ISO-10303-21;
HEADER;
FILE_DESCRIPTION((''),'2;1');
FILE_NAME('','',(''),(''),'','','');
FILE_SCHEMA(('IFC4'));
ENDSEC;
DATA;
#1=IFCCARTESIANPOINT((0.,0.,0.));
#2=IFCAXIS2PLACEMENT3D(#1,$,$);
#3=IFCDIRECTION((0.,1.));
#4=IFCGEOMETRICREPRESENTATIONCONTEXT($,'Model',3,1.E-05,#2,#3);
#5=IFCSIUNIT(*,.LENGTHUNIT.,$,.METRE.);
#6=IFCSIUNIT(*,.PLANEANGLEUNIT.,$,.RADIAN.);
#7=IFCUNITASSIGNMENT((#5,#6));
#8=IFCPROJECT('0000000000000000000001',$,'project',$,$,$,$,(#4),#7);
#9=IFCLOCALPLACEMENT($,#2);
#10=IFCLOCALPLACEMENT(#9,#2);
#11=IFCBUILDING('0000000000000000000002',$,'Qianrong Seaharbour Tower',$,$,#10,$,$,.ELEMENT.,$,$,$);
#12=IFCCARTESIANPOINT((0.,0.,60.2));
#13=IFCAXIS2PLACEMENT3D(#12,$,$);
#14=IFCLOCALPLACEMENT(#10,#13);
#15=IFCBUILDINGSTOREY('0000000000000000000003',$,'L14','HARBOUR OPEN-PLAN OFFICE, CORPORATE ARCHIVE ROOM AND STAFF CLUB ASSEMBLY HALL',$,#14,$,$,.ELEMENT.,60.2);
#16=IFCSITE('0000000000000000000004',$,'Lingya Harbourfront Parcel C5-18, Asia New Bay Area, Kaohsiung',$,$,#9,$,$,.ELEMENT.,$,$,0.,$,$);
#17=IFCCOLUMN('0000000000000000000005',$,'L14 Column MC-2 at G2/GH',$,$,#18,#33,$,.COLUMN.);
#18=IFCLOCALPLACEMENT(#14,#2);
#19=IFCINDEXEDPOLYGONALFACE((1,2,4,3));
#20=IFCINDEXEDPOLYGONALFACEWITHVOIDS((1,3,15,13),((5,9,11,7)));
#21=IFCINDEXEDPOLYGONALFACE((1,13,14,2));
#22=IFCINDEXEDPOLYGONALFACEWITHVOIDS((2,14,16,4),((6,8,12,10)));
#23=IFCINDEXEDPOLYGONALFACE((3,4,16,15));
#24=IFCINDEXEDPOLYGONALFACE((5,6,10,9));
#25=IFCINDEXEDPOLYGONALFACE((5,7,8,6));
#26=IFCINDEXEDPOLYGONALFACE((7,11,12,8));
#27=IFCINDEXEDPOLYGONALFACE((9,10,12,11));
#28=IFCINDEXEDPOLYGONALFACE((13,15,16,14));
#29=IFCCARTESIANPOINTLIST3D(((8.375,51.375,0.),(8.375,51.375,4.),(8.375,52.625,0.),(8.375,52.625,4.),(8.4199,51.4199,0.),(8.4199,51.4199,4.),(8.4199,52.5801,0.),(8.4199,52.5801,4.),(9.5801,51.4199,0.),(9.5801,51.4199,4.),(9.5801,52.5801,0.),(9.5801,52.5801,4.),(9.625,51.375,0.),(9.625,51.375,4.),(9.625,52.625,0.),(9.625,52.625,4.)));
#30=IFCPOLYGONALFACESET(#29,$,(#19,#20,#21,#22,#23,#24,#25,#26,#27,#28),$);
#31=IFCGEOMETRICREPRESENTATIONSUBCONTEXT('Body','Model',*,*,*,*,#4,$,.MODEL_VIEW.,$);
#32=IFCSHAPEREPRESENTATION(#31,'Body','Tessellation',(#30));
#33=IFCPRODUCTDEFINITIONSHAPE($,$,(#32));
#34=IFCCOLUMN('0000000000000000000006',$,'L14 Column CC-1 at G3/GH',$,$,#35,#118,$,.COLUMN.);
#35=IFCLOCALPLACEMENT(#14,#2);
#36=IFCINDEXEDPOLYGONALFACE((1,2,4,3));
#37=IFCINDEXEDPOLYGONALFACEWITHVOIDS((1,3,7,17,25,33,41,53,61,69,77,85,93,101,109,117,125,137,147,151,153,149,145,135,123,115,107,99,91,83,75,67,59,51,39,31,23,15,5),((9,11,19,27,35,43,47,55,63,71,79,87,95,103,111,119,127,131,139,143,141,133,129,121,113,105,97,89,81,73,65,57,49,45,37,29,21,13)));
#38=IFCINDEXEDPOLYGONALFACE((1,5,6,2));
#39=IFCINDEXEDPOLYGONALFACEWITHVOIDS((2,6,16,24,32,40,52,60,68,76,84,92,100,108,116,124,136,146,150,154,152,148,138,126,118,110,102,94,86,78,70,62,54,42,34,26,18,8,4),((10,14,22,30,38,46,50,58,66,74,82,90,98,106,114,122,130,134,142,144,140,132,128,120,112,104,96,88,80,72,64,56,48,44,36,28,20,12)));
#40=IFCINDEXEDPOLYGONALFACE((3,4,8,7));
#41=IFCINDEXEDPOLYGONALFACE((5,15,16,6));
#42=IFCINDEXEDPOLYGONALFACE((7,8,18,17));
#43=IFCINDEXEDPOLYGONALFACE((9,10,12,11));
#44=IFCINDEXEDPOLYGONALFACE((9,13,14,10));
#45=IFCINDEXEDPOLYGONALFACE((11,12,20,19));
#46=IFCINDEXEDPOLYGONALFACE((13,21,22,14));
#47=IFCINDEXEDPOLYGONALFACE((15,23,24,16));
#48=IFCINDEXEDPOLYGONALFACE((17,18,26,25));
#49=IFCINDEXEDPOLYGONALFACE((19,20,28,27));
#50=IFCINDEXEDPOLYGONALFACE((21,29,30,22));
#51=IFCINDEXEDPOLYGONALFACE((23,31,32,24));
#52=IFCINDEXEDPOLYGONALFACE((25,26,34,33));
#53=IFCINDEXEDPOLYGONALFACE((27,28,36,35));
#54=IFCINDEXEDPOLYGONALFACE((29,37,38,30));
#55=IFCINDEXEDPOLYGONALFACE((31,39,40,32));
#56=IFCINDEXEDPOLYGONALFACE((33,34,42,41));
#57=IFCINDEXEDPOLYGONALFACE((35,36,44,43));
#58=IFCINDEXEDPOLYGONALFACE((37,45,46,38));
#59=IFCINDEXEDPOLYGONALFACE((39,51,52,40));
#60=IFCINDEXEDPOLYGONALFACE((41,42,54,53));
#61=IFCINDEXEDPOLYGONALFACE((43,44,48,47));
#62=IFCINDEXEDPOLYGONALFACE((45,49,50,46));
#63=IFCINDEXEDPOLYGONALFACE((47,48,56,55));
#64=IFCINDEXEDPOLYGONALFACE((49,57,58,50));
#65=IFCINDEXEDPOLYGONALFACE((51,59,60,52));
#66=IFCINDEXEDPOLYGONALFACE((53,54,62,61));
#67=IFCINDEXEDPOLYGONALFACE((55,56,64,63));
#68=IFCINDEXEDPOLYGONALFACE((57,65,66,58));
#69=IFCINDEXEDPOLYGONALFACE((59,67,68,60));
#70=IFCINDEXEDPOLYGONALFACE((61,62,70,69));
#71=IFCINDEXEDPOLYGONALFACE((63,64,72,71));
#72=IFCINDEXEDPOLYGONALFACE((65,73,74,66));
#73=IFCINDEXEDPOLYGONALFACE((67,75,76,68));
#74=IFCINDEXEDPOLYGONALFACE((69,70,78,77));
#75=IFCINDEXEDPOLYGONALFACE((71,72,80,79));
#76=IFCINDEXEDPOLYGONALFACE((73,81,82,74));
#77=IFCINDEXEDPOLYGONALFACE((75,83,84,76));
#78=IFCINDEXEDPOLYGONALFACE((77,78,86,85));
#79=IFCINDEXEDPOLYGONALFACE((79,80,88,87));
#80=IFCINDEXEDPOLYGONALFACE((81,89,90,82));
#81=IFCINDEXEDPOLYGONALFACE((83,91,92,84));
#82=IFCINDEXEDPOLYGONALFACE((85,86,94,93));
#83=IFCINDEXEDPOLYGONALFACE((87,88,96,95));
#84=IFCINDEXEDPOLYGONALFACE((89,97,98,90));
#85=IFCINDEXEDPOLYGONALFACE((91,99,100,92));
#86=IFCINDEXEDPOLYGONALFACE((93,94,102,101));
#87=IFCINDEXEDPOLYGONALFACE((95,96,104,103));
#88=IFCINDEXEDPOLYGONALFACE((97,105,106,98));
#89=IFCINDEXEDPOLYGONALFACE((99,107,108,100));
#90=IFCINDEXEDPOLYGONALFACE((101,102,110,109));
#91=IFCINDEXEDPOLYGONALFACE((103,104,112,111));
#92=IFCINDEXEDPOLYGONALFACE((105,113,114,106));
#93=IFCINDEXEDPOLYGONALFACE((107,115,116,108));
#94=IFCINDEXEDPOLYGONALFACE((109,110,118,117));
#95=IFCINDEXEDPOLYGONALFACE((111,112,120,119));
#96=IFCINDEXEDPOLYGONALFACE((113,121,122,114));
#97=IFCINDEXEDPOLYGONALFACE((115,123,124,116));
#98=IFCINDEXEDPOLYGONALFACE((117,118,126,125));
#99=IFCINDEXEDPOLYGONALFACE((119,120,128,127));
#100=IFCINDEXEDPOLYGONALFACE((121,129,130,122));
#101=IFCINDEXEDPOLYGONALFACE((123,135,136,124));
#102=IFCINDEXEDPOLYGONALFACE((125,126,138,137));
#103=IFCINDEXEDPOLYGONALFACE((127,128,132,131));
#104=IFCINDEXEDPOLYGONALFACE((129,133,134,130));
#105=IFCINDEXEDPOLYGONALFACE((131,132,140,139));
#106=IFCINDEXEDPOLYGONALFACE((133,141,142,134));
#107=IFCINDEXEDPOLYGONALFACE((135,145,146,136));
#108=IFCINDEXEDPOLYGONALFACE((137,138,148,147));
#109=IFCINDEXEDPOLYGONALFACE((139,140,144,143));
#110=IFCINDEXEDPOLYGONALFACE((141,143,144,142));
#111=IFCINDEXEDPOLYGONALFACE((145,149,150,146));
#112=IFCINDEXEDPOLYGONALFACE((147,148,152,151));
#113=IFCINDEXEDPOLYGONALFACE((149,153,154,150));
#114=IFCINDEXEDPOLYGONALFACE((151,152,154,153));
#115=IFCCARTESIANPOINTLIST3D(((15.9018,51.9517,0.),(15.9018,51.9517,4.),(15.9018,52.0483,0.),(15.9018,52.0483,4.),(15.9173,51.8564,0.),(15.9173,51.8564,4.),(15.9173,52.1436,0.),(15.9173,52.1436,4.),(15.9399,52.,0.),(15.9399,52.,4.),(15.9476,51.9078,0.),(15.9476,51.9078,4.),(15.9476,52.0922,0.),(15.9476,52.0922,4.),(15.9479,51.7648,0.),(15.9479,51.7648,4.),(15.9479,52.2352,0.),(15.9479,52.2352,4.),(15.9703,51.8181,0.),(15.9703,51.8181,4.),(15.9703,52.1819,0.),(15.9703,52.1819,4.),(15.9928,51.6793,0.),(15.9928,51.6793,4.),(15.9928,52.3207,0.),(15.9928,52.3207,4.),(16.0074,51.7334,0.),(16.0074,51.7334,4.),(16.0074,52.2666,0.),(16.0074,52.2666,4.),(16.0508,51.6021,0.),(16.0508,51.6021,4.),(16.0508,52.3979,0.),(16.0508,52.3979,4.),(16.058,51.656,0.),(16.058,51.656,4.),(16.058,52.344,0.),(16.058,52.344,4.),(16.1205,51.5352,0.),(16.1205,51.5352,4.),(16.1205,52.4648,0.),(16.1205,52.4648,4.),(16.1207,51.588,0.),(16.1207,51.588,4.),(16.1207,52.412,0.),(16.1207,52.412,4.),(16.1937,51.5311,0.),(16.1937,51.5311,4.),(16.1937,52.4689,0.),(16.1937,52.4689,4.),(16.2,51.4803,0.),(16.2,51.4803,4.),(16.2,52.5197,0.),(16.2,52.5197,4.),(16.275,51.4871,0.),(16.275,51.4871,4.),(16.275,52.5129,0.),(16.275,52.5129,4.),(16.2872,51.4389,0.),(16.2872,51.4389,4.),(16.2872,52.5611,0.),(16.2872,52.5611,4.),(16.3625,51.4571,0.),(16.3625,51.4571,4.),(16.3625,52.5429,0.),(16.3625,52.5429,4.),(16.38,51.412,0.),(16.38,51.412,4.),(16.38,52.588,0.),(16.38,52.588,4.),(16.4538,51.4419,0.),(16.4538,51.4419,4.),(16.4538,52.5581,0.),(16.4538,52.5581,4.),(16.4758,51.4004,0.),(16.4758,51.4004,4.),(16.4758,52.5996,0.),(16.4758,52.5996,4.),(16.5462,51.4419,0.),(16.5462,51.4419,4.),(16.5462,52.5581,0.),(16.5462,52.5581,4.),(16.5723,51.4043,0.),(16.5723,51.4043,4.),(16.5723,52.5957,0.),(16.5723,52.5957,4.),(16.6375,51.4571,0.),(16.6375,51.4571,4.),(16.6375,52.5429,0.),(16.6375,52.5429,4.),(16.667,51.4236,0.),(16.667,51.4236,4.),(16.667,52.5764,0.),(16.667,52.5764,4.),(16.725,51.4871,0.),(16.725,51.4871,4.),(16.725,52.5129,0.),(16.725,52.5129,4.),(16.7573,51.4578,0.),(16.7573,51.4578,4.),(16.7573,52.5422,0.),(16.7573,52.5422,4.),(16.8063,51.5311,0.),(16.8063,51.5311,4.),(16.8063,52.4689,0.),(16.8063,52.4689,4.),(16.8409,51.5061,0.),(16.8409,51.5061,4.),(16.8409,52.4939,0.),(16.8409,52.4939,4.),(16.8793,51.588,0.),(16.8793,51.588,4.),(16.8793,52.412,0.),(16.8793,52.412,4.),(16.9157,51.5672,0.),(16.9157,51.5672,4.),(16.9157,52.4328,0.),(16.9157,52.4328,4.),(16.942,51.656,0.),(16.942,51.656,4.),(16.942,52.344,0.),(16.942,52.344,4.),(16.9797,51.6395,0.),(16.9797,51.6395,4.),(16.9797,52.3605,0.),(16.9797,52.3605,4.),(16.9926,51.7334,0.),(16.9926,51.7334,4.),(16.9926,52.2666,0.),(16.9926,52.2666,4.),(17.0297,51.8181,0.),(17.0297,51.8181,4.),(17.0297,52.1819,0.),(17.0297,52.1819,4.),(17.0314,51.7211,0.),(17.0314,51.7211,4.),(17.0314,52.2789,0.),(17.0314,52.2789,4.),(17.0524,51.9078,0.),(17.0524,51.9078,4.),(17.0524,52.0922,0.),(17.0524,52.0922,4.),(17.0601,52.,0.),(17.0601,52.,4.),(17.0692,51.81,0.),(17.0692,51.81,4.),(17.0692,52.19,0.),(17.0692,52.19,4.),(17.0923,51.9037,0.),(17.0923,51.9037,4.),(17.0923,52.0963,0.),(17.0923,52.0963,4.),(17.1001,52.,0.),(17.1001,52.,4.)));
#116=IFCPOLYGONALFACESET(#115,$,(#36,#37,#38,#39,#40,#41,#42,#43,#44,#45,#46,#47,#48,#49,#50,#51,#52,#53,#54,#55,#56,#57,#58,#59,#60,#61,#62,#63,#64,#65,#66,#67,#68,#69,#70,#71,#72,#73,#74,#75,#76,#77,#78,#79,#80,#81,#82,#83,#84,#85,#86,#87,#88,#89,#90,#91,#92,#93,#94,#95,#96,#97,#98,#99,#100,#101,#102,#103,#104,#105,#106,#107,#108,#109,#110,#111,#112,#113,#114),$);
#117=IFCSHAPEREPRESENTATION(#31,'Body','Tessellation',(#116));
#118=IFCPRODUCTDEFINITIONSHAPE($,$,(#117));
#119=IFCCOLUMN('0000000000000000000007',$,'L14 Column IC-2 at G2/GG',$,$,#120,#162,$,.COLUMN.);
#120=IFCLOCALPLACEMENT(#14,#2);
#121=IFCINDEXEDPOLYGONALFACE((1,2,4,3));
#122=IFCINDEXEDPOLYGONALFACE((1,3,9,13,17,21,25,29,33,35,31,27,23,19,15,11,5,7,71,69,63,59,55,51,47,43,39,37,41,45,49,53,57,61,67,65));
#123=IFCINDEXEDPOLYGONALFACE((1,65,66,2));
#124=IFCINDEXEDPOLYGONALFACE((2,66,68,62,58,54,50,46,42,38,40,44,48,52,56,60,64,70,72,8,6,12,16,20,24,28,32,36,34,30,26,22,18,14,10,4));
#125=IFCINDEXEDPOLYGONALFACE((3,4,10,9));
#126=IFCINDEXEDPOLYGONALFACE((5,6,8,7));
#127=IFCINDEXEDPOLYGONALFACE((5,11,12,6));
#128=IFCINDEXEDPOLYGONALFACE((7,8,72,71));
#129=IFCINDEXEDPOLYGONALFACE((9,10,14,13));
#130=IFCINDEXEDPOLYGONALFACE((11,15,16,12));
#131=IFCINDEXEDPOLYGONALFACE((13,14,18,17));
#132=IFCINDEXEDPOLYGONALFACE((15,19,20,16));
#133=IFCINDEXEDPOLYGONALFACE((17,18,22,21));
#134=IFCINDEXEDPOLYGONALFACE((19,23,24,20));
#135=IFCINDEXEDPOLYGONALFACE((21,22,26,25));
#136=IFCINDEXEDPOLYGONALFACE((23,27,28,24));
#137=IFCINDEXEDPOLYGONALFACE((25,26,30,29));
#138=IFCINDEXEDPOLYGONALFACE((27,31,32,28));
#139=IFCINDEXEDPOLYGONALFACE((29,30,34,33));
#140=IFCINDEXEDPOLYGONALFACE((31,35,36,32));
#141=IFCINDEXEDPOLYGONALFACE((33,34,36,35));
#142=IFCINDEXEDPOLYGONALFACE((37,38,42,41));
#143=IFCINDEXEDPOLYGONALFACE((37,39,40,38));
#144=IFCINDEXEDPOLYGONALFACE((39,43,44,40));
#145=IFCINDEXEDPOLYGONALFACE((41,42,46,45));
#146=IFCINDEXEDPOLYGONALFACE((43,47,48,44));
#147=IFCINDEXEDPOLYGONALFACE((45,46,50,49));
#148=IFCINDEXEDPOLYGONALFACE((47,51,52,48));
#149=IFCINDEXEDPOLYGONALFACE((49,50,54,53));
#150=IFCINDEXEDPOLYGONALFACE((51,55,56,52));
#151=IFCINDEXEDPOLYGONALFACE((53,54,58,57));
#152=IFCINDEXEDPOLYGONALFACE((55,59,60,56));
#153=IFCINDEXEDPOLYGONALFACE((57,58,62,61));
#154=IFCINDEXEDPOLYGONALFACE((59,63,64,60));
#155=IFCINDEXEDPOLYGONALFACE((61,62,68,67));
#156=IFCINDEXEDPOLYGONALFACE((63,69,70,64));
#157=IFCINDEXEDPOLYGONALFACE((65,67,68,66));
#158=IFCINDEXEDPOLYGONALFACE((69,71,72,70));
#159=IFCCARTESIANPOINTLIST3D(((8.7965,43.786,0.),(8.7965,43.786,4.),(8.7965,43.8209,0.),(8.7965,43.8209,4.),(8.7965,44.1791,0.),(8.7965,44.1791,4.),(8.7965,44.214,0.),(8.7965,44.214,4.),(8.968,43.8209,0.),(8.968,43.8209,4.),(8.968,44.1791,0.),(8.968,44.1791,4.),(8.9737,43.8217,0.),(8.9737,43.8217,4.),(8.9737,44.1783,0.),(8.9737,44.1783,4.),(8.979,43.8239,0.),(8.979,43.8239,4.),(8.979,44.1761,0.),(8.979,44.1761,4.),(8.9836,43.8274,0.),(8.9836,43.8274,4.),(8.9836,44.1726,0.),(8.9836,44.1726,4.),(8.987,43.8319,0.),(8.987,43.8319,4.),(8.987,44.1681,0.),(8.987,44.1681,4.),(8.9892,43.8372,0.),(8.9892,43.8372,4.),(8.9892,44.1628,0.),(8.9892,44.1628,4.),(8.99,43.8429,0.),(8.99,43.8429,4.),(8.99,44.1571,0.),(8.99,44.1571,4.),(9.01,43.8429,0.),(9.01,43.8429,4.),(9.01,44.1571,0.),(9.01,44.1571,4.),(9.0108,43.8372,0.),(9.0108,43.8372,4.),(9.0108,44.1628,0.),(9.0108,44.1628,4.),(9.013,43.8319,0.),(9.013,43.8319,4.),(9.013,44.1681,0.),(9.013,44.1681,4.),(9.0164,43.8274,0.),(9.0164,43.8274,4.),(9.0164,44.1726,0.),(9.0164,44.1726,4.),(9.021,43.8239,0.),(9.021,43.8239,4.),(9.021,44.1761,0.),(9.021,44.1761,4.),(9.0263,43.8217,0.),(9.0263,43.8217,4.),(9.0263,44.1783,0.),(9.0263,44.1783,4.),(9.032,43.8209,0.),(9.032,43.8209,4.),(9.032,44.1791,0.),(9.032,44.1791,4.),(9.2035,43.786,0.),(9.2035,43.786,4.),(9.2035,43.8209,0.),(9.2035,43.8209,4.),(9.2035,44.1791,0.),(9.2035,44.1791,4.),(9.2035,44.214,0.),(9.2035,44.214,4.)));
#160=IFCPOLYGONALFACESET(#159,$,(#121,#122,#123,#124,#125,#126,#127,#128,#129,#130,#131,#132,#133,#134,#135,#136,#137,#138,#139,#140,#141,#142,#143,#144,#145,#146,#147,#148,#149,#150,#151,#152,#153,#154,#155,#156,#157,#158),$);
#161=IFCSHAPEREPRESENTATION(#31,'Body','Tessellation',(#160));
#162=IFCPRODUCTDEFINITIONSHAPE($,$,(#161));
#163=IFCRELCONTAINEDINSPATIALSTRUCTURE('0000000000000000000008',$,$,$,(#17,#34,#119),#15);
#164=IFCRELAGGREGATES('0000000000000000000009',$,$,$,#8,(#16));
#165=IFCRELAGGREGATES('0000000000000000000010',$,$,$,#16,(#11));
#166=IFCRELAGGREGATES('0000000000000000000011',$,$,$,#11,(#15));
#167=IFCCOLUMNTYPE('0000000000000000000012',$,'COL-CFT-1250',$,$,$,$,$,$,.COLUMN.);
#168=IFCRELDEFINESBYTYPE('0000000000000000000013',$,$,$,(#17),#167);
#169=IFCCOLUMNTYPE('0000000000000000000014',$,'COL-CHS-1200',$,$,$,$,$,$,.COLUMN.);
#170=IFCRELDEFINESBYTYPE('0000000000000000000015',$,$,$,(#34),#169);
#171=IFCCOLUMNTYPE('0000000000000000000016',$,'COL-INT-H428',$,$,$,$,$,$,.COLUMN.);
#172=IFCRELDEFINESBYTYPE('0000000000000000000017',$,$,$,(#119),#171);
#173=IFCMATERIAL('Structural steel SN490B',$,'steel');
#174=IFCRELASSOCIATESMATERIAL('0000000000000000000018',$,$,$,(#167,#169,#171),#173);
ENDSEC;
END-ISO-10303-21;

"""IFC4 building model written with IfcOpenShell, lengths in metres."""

from ifc_helpers import new_model, si_unit, direction, frame, origin, origin_2d, place, context, subcontext, project, spatial, hollow_rectangle, hollow_circle, i_section, extrude, material, material_profile, profile_set, type_object, element, save


model = new_model("IFC4")

# Units and contexts
model_context = context("Model", 3, precision=1e-05, world=origin(), true_north=direction((0.0, 1.0)))
body_context = subcontext(model_context, "Body", "Model", "MODEL_VIEW")
ifc_project = project(units=[si_unit("LENGTHUNIT", "METRE"), si_unit("PLANEANGLEUNIT", "RADIAN")], contexts=[model_context])

# Site, building, storey
site_placement = place(None, origin())
site = spatial("IfcSite", under=ifc_project, at=site_placement, Name="Lingya Harbourfront Parcel C5-18, Asia New Bay Area, Kaohsiung", CompositionType="ELEMENT", RefElevation=0.0)
building_placement = place(site_placement, origin())
building = spatial("IfcBuilding", under=site, at=building_placement, Name="Qianrong Seaharbour Tower", CompositionType="ELEMENT")
storey_placement = place(building_placement, frame((0.0, 0.0, 60.2)))
storey = spatial("IfcBuildingStorey", under=building, at=storey_placement, Name="L14", Description="HARBOUR OPEN-PLAN OFFICE, CORPORATE ARCHIVE ROOM AND STAFF CLUB ASSEMBLY HALL", CompositionType="ELEMENT", Elevation=60.2)

# Columns
ifc_material_1 = material(Name="Structural steel SN490B", Category="steel")
ifc_material_profile_1 = material_profile(ifc_material_1, hollow_rectangle(XDim=1.25, YDim=1.25, WallThickness=0.0449, at=origin_2d()), Name="BOX1250x1250x45")
ifc_profile_set_1 = profile_set([ifc_material_profile_1], Name="Structural steel SN490B")
column_type_1 = type_object("IfcColumnType", Name="COL-CFT-1250", PredefinedType="COLUMN", material=ifc_profile_set_1)
column_1_placement = place(storey_placement, frame((9.0, 52.0, 0.0), z_axis=(0.0, 0.0, 1.0), x_axis=(1.0, 0.0, 0.0)))
element("IfcColumn", 1, at=column_1_placement, inside=storey, type_object=column_type_1, Name="L14 Column MC-2 at G2/GH", PredefinedType="COLUMN", context=body_context, shape_type="SweptSolid", body=[
    extrude(hollow_rectangle(XDim=1.25, YDim=1.25, WallThickness=0.0449, at=origin_2d()), origin(), (0.0, 0.0, 1.0), 4.0),
])
ifc_material_profile_2 = material_profile(ifc_material_1, hollow_circle(Radius=0.6001, WallThickness=0.04, at=origin_2d()), Name="CHS1200x40")
ifc_profile_set_2 = profile_set([ifc_material_profile_2], Name="Structural steel SN490B")
column_type_2 = type_object("IfcColumnType", Name="COL-CHS-1200", PredefinedType="COLUMN", material=ifc_profile_set_2)
column_2_placement = place(storey_placement, frame((16.5, 52.0, 0.0), z_axis=(0.0, 0.0, 1.0), x_axis=(1.0, 0.0, 0.0)))
element("IfcColumn", 2, at=column_2_placement, inside=storey, type_object=column_type_2, Name="L14 Column CC-1 at G3/GH", PredefinedType="COLUMN", context=body_context, shape_type="SweptSolid", body=[
    extrude(hollow_circle(Radius=0.6001, WallThickness=0.04, at=origin_2d()), origin(), (0.0, 0.0, 1.0), 4.0),
])
ifc_material_profile_3 = material_profile(ifc_material_1, i_section(OverallWidth=0.407, OverallDepth=0.428, WebThickness=0.02, FlangeThickness=0.0349, FilletRadius=0.022, at=origin_2d()), Name="H428x407x20x35")
ifc_profile_set_3 = profile_set([ifc_material_profile_3], Name="Structural steel SN490B")
column_type_3 = type_object("IfcColumnType", Name="COL-INT-H428", PredefinedType="COLUMN", material=ifc_profile_set_3)
for number, where, z_axis, x_axis, name in (
    (3, (9.0, 44.0, 0.0), (0.0, 0.0, 1.0), (1.0, 0.0, 0.0), "L14 Column IC-2 at G2/GG"),
):
    element("IfcColumn", number, at=place(storey_placement, frame(where, z_axis=z_axis, x_axis=x_axis)), inside=storey, type_object=column_type_3, Name=name, PredefinedType="COLUMN", context=body_context, shape_type="SweptSolid", body=[
        extrude(i_section(OverallWidth=0.407, OverallDepth=0.428, WebThickness=0.02, FlangeThickness=0.0349, FilletRadius=0.022, at=origin_2d()), origin(), (0.0, 0.0, 1.0), 4.0),
    ])

save(model, "model.ifc")
